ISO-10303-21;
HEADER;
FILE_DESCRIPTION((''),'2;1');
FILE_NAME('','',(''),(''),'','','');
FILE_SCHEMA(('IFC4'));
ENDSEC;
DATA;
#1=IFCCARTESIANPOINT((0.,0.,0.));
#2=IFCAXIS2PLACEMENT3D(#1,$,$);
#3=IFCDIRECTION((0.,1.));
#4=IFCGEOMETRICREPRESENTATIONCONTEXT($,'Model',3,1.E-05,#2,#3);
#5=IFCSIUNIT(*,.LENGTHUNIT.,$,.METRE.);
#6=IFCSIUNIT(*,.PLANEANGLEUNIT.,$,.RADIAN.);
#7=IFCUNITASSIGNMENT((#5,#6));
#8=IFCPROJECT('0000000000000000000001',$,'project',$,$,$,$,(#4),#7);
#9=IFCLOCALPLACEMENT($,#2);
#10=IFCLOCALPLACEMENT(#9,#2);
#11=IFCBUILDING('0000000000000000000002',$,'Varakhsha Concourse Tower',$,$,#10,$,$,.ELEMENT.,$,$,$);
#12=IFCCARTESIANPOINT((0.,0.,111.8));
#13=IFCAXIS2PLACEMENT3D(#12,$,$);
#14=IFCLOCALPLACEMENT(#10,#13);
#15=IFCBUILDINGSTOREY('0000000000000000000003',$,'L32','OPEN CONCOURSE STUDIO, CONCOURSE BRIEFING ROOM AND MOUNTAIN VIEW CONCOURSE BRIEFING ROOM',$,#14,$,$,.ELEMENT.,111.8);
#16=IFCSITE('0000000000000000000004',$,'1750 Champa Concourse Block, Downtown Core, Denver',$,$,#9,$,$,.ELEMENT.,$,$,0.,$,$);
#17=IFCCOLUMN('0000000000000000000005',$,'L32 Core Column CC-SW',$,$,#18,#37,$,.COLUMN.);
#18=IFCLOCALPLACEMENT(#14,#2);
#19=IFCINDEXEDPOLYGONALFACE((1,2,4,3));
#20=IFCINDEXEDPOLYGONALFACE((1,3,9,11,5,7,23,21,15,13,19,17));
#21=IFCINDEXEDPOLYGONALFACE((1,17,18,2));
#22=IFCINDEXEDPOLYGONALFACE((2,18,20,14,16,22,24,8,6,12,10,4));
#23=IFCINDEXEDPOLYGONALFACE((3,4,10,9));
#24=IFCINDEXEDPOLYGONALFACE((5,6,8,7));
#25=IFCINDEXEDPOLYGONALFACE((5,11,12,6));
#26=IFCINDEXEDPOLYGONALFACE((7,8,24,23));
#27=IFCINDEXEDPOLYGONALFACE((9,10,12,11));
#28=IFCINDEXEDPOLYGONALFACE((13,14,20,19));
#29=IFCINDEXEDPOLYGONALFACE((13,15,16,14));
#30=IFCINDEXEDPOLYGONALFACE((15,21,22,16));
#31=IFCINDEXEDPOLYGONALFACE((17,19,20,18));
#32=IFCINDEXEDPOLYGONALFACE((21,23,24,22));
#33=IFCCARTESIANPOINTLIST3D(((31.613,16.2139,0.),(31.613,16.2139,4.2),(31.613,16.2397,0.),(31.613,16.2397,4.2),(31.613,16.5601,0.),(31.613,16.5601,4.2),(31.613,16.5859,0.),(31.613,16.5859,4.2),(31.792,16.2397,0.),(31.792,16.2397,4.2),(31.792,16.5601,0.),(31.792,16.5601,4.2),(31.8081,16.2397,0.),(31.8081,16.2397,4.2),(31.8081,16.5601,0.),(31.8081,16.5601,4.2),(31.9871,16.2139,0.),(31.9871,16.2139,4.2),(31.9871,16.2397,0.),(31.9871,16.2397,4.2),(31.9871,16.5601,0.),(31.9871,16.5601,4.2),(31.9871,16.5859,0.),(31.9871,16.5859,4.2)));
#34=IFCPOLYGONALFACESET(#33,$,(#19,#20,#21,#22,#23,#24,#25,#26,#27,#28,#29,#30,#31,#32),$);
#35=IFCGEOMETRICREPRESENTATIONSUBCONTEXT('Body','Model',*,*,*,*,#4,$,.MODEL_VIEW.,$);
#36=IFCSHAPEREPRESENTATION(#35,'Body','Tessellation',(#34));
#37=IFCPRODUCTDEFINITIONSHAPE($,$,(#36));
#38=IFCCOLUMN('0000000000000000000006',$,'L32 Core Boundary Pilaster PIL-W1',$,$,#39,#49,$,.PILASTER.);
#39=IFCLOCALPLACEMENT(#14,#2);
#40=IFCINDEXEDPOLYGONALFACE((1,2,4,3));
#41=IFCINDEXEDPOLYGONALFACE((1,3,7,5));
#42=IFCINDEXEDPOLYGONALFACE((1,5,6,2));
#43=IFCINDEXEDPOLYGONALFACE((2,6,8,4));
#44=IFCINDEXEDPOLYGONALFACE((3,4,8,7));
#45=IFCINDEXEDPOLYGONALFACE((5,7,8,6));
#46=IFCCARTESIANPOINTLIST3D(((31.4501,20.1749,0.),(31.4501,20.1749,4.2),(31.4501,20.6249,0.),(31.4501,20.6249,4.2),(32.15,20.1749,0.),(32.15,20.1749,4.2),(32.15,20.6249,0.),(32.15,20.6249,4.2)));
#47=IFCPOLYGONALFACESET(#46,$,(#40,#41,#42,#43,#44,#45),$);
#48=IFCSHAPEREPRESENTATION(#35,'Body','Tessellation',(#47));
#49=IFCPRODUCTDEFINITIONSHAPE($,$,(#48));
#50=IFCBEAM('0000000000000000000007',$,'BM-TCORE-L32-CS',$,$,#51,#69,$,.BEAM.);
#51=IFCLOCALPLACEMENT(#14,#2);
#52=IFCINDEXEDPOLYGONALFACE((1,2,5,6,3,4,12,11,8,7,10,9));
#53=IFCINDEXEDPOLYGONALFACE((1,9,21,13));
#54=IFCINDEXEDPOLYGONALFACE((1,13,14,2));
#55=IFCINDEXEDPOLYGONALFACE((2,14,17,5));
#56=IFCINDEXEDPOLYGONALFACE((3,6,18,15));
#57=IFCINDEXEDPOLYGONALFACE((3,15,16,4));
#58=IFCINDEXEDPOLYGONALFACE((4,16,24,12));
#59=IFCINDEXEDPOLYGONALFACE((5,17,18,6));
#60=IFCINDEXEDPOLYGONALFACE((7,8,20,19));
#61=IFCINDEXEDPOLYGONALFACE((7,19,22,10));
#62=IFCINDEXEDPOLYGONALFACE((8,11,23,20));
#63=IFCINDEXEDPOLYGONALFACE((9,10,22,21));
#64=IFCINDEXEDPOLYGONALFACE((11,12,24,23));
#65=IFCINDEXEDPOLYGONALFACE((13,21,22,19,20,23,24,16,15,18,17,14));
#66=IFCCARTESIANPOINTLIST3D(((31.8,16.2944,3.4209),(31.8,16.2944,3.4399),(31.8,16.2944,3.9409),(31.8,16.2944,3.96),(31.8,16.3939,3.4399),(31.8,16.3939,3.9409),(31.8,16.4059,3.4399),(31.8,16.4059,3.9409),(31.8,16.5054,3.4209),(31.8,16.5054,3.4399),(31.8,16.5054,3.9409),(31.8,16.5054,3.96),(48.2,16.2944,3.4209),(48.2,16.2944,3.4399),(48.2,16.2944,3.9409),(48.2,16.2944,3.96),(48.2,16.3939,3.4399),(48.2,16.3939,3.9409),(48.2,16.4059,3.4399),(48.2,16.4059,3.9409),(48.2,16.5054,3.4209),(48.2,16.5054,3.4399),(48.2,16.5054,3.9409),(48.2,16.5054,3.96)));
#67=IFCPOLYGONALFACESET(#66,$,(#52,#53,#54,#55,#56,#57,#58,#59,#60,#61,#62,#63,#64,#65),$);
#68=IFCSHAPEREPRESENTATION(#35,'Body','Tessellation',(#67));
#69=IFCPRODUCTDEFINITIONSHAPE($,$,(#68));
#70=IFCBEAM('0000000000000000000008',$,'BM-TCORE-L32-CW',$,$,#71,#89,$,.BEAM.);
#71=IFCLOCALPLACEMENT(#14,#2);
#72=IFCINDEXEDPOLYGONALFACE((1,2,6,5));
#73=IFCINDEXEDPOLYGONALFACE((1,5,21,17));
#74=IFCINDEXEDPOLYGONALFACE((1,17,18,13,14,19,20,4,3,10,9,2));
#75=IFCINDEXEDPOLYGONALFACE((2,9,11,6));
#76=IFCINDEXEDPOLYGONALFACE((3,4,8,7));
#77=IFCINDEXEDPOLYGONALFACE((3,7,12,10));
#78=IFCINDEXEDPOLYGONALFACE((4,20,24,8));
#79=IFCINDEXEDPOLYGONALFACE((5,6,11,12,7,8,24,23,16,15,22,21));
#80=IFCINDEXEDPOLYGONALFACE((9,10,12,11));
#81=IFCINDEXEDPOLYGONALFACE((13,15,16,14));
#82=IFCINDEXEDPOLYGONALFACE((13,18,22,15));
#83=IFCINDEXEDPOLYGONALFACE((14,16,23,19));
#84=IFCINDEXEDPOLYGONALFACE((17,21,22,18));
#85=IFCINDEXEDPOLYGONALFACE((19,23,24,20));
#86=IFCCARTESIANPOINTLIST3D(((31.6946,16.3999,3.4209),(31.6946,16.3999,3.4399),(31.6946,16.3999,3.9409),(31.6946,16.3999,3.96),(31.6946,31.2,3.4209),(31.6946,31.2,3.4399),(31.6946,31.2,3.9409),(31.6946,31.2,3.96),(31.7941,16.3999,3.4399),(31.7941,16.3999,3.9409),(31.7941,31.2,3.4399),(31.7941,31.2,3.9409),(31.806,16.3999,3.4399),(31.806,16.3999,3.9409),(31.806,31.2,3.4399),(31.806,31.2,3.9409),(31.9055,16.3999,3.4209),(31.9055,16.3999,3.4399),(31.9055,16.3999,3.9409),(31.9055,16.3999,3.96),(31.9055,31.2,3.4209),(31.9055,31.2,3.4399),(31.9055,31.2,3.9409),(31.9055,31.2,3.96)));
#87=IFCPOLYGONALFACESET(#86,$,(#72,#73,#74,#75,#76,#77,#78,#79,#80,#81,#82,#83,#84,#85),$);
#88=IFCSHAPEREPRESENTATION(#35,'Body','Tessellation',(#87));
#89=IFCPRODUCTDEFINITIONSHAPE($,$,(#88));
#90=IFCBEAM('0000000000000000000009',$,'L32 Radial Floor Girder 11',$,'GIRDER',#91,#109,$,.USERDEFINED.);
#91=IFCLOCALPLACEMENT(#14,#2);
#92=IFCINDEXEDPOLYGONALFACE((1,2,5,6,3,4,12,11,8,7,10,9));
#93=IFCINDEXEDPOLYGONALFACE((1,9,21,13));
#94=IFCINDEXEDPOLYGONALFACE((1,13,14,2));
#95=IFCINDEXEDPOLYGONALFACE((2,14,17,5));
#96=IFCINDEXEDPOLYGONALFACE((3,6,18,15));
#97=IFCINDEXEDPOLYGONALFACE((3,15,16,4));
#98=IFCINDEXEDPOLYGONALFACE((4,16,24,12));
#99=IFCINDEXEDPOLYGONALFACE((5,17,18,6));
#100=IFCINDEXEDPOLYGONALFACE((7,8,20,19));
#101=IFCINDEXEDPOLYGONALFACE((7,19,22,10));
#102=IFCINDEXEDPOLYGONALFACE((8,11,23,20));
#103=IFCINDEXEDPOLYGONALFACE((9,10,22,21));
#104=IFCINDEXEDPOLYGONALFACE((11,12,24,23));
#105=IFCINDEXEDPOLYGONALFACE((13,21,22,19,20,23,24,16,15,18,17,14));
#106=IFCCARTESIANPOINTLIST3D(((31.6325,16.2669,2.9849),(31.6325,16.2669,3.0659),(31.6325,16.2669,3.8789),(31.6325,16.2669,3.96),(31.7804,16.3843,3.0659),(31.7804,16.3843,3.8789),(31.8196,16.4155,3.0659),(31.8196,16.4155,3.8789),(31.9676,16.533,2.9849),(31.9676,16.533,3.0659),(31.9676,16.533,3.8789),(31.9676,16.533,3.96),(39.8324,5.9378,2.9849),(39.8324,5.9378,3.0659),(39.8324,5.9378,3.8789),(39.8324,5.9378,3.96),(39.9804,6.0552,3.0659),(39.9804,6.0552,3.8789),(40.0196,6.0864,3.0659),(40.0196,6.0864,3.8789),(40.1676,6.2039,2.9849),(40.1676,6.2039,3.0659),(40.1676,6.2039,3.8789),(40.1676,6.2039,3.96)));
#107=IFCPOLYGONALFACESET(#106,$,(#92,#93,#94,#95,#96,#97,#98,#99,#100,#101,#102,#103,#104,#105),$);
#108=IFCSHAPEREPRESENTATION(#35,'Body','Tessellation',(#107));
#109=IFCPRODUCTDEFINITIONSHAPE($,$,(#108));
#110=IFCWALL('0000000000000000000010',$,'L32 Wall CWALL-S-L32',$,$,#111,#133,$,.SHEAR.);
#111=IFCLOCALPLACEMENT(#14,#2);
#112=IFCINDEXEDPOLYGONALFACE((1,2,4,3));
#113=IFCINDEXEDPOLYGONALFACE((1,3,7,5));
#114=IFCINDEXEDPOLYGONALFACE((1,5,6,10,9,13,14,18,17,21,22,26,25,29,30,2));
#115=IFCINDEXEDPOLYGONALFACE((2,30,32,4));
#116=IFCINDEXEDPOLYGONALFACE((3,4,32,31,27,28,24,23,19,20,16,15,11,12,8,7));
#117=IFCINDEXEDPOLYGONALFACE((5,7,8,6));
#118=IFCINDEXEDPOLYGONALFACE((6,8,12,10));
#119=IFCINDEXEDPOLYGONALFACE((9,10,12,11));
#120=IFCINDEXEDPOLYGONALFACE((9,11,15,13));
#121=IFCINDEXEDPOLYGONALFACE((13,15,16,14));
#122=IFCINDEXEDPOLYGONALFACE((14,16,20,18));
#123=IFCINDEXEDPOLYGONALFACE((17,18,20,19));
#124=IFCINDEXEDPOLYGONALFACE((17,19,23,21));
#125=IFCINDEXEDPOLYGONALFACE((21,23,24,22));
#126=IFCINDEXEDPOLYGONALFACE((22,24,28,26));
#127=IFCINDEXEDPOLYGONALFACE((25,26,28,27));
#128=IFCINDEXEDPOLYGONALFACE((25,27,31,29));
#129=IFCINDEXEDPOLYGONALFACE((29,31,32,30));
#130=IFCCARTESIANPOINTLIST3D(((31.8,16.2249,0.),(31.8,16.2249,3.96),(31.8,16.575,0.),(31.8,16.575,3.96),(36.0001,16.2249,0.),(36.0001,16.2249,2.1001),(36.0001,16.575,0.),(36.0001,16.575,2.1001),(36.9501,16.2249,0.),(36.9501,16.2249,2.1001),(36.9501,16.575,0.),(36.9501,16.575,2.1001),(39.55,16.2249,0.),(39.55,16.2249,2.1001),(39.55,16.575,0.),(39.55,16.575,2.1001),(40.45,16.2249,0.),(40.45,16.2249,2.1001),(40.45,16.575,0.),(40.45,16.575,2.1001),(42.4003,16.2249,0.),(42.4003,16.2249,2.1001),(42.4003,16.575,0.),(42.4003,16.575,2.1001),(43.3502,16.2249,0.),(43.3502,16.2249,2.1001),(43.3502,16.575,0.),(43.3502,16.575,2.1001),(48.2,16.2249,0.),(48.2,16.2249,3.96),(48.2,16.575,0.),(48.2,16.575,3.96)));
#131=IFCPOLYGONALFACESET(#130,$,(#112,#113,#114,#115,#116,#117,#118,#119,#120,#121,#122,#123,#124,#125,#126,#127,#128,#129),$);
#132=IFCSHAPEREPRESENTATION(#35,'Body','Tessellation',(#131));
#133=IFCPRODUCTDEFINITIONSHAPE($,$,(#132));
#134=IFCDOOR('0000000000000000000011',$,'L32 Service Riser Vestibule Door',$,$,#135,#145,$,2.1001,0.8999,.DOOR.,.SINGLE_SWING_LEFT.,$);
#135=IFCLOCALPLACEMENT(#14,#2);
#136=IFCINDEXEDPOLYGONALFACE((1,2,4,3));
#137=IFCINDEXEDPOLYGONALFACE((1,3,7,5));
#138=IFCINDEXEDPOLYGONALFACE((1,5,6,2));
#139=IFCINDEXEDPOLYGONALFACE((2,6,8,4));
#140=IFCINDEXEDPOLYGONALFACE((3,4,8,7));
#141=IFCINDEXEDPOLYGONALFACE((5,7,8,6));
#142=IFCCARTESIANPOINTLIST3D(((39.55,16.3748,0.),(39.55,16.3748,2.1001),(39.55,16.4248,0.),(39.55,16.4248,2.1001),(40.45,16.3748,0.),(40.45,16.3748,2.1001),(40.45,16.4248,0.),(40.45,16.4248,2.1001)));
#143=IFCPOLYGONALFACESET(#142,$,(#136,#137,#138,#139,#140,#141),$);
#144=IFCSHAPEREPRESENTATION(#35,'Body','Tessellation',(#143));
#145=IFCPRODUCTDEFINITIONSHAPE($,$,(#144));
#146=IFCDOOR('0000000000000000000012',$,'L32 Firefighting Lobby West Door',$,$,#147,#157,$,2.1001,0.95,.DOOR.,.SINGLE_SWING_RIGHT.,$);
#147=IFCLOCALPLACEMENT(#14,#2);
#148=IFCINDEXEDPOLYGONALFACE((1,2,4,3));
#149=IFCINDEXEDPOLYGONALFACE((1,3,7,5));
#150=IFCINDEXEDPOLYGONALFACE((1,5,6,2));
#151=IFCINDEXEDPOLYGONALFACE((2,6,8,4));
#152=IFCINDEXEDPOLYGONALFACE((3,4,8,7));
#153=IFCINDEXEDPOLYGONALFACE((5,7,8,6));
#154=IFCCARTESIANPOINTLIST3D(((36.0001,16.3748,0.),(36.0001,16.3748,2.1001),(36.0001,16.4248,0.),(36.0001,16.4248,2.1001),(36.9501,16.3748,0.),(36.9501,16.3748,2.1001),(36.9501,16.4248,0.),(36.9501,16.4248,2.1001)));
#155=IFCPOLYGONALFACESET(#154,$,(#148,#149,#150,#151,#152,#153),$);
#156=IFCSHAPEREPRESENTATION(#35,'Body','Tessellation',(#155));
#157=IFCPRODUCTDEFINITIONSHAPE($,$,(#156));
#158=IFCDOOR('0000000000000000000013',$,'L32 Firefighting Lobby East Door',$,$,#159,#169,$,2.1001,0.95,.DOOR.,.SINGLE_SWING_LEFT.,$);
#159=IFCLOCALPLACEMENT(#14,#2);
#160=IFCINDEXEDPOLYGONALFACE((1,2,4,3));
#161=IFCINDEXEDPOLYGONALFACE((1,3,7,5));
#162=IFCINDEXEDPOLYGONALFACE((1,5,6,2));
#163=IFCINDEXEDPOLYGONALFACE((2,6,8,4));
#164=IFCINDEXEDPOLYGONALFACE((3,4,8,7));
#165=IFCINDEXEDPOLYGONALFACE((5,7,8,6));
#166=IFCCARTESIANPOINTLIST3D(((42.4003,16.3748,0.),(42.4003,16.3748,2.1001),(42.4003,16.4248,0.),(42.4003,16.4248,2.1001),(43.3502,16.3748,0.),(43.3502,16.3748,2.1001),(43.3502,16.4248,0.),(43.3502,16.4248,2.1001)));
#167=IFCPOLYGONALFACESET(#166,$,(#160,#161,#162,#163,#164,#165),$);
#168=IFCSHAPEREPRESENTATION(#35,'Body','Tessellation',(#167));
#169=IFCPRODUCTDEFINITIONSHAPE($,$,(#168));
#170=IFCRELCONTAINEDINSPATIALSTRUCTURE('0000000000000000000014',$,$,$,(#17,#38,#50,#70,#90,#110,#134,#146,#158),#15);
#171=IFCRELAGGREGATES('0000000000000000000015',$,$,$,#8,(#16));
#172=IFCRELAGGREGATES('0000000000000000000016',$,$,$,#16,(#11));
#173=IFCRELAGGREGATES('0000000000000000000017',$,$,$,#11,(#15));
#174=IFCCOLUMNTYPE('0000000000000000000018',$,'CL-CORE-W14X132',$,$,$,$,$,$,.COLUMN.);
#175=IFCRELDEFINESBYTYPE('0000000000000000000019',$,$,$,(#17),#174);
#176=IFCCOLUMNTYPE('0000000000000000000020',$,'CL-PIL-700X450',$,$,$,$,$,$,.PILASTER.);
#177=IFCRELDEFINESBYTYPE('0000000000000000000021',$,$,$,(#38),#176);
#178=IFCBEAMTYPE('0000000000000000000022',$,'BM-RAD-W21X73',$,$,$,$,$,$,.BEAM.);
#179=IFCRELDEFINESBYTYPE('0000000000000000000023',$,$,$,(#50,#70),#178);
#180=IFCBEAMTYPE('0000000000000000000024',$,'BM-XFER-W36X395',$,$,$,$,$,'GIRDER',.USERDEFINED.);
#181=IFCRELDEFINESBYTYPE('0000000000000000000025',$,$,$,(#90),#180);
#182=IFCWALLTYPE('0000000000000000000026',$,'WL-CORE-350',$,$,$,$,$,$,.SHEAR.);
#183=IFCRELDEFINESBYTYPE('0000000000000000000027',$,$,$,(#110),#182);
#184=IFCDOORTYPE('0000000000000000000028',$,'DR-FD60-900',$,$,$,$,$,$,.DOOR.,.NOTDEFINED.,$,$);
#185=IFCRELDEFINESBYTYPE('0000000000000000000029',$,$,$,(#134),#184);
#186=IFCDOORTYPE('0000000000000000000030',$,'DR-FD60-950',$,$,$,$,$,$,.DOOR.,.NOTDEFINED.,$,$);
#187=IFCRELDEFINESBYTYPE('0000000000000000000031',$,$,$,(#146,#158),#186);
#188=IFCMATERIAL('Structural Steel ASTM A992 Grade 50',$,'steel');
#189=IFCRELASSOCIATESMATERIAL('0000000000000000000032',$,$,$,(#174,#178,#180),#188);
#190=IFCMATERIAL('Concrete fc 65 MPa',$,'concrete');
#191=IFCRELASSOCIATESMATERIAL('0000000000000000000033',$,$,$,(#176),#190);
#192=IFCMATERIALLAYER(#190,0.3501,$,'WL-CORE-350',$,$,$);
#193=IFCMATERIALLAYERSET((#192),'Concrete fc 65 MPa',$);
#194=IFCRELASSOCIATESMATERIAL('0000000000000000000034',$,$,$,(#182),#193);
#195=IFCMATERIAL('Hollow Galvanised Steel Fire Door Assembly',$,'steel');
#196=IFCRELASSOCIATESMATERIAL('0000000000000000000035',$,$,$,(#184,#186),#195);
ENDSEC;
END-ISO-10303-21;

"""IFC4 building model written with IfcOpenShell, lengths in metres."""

from ifc_helpers import new_model, si_unit, direction, frame, frame_2d, origin, origin_2d, place, context, subcontext, project, spatial, rectangle, i_section, extrude, material, layer, layer_set, material_profile, profile_set, type_object, element, fill, save


model = new_model("IFC4")

# Units and contexts
model_context = context("Model", 3, precision=1e-05, world=origin(), true_north=direction((0.0, 1.0)))
body_context = subcontext(model_context, "Body", "Model", "MODEL_VIEW")
ifc_project = project(units=[si_unit("LENGTHUNIT", "METRE"), si_unit("PLANEANGLEUNIT", "RADIAN")], contexts=[model_context])

# Site, building, storey
site_placement = place(None, origin())
site = spatial("IfcSite", under=ifc_project, at=site_placement, Name="1750 Champa Concourse Block, Downtown Core, Denver", CompositionType="ELEMENT", RefElevation=0.0)
building_placement = place(site_placement, origin())
building = spatial("IfcBuilding", under=site, at=building_placement, Name="Varakhsha Concourse Tower", CompositionType="ELEMENT")
storey_placement = place(building_placement, frame((0.0, 0.0, 111.8)))
storey = spatial("IfcBuildingStorey", under=building, at=storey_placement, Name="L32", Description="OPEN CONCOURSE STUDIO, CONCOURSE BRIEFING ROOM AND MOUNTAIN VIEW CONCOURSE BRIEFING ROOM", CompositionType="ELEMENT", Elevation=111.8)

# Columns
ifc_material_1 = material(Name="Structural Steel ASTM A992 Grade 50", Category="steel")
ifc_material_profile_1 = material_profile(ifc_material_1, i_section(OverallWidth=0.374, OverallDepth=0.3721, WebThickness=0.0161, FlangeThickness=0.0259, at=origin_2d()), Name="W14X132")
ifc_profile_set_1 = profile_set([ifc_material_profile_1], Name="Structural Steel ASTM A992 Grade 50")
column_type_1 = type_object("IfcColumnType", Name="CL-CORE-W14X132", PredefinedType="COLUMN", material=ifc_profile_set_1)
column_1_placement = place(storey_placement, frame((31.8, 16.3999, 0.0), z_axis=(0.0, 0.0, 1.0), x_axis=(1.0, 0.0, 0.0)))
element("IfcColumn", 1, at=column_1_placement, inside=storey, type_object=column_type_1, Name="L32 Core Column CC-SW", PredefinedType="COLUMN", context=body_context, shape_type="SweptSolid", body=[
    extrude(i_section(OverallWidth=0.374, OverallDepth=0.3721, WebThickness=0.0161, FlangeThickness=0.0259, at=origin_2d()), origin(), (0.0, 0.0, 1.0), 4.2),
])
ifc_material_2 = material(Name="Concrete fc 65 MPa", Category="concrete")
ifc_material_profile_2 = material_profile(ifc_material_2, rectangle(XDim=0.7, YDim=0.45, at=origin_2d()), Name="RC 700x450")
ifc_profile_set_2 = profile_set([ifc_material_profile_2], Name="Concrete fc 65 MPa")
column_type_2 = type_object("IfcColumnType", Name="CL-PIL-700X450", PredefinedType="PILASTER", material=ifc_profile_set_2)
column_2_placement = place(storey_placement, frame((31.8, 20.3999, 0.0), z_axis=(0.0, 0.0, 1.0), x_axis=(1.0, 0.0, 0.0)))
element("IfcColumn", 2, at=column_2_placement, inside=storey, type_object=column_type_2, Name="L32 Core Boundary Pilaster PIL-W1", PredefinedType="PILASTER", context=body_context, shape_type="SweptSolid", body=[
    extrude(rectangle(XDim=0.7, YDim=0.45, at=origin_2d()), origin(), (0.0, 0.0, 1.0), 4.2),
])

# Beams
ifc_material_profile_3 = material_profile(ifc_material_1, i_section(OverallWidth=0.2109, OverallDepth=0.5391, WebThickness=0.012, FlangeThickness=0.019, at=origin_2d()), Name="W21X73")
ifc_profile_set_3 = profile_set([ifc_material_profile_3], Name="Structural Steel ASTM A992 Grade 50")
beam_type_1 = type_object("IfcBeamType", Name="BM-RAD-W21X73", PredefinedType="BEAM", material=ifc_profile_set_3)
beam_1_placement = place(storey_placement, frame((31.8, 16.3999, 3.6904), z_axis=(1.0, 0.0, 0.0), x_axis=(0.0, 1.0, 0.0)))
element("IfcBeam", 3, at=beam_1_placement, inside=storey, type_object=beam_type_1, Name="BM-TCORE-L32-CS", PredefinedType="BEAM", context=body_context, shape_type="SweptSolid", body=[
    extrude(i_section(OverallWidth=0.2109, OverallDepth=0.5391, WebThickness=0.012, FlangeThickness=0.019, at=origin_2d()), origin(), (0.0, 0.0, 1.0), 16.3999),
])
beam_2_placement = place(storey_placement, frame((31.8, 16.3999, 3.6904), z_axis=(0.0, 1.0, 0.0), x_axis=(-1.0, 0.0, 0.0)))
element("IfcBeam", 4, at=beam_2_placement, inside=storey, type_object=beam_type_1, Name="BM-TCORE-L32-CW", PredefinedType="BEAM", context=body_context, shape_type="SweptSolid", body=[
    extrude(i_section(OverallWidth=0.2109, OverallDepth=0.5391, WebThickness=0.012, FlangeThickness=0.019, at=origin_2d()), origin(), (0.0, 0.0, 1.0), 14.8),
])
ifc_material_profile_4 = material_profile(ifc_material_1, i_section(OverallWidth=0.428, OverallDepth=0.9751, WebThickness=0.05, FlangeThickness=0.0811, at=origin_2d()), Name="W36X395")
ifc_profile_set_4 = profile_set([ifc_material_profile_4], Name="Structural Steel ASTM A992 Grade 50")
beam_type_2 = type_object("IfcBeamType", Name="BM-XFER-W36X395", ElementType="GIRDER", PredefinedType="USERDEFINED", material=ifc_profile_set_4)
beam_3_placement = place(storey_placement, frame((31.8, 16.3999, 3.4724), z_axis=(0.621763, -0.783206, 0.0), x_axis=(0.783206, 0.621763, 0.0)))
element("IfcBeam", 5, at=beam_3_placement, inside=storey, type_object=beam_type_2, Name="L32 Radial Floor Girder 11", ObjectType="GIRDER", PredefinedType="USERDEFINED", context=body_context, shape_type="SweptSolid", body=[
    extrude(i_section(OverallWidth=0.428, OverallDepth=0.9751, WebThickness=0.05, FlangeThickness=0.0811, at=origin_2d()), origin(), (0.0, 0.0, 1.0), 13.1882),
])

# Wall, openings, doors
ifc_layer_1 = layer(ifc_material_2, 0.3501, Name="WL-CORE-350")
ifc_layer_set_1 = layer_set([ifc_layer_1], Name="Concrete fc 65 MPa")
wall_type_1 = type_object("IfcWallType", Name="WL-CORE-350", PredefinedType="SHEAR", material=ifc_layer_set_1)
wall_1_placement = place(storey_placement, frame((31.8, 16.3999, 0.0), z_axis=(0.0, 0.0, 1.0), x_axis=(1.0, 0.0, 0.0)))
wall_1 = element("IfcWall", 6, at=wall_1_placement, inside=storey, type_object=wall_type_1, Name="L32 Wall CWALL-S-L32", PredefinedType="SHEAR", context=body_context, shape_type="SweptSolid", body=[
    extrude(rectangle(XDim=16.3999, YDim=0.3501, at=frame_2d((8.2, 0.0))), origin(), (0.0, 0.0, 1.0), 3.96),
])
opening_1_placement = place(wall_1_placement, frame((7.75, 0.0, 0.0)))
opening_1 = element("IfcOpeningElement", 7, at=opening_1_placement, cuts=wall_1, PredefinedType="OPENING", context=body_context, shape_type="SweptSolid", body=[
    extrude(rectangle(XDim=0.8999, YDim=2.1001, at=frame_2d((0.45, 1.05))), frame((0.0, 0.1851, 0.0), z_axis=(0.0, -1.0, 0.0), x_axis=(1.0, 0.0, 0.0)), (0.0, 0.0, 1.0), 0.3701),
])
opening_2_placement = place(wall_1_placement, frame((4.2, 0.0, 0.0)))
opening_2 = element("IfcOpeningElement", 8, at=opening_2_placement, cuts=wall_1, PredefinedType="OPENING", context=body_context, shape_type="SweptSolid", body=[
    extrude(rectangle(XDim=0.95, YDim=2.1001, at=frame_2d((0.4751, 1.05))), frame((0.0, 0.1851, 0.0), z_axis=(0.0, -1.0, 0.0), x_axis=(1.0, 0.0, 0.0)), (0.0, 0.0, 1.0), 0.3701),
])
opening_3_placement = place(wall_1_placement, frame((10.6001, 0.0, 0.0)))
opening_3 = element("IfcOpeningElement", 9, at=opening_3_placement, cuts=wall_1, PredefinedType="OPENING", context=body_context, shape_type="SweptSolid", body=[
    extrude(rectangle(XDim=0.95, YDim=2.1001, at=frame_2d((0.4751, 1.05))), frame((0.0, 0.1851, 0.0), z_axis=(0.0, -1.0, 0.0), x_axis=(1.0, 0.0, 0.0)), (0.0, 0.0, 1.0), 0.3701),
])
ifc_material_3 = material(Name="Hollow Galvanised Steel Fire Door Assembly", Category="steel")
door_type_1 = type_object("IfcDoorType", Name="DR-FD60-900", OperationType="NOTDEFINED", PredefinedType="DOOR", material=ifc_material_3)
door_1_placement = place(opening_1_placement, origin())
door_1 = element("IfcDoor", 10, at=door_1_placement, inside=storey, type_object=door_type_1, Name="L32 Service Riser Vestibule Door", OperationType="SINGLE_SWING_LEFT", OverallHeight=2.1001, OverallWidth=0.8999, PredefinedType="DOOR", context=body_context, shape_type="SweptSolid", body=[
    extrude(rectangle(XDim=0.8999, YDim=2.1001, at=frame_2d((0.45, 1.05))), frame((0.0, 0.0249, 0.0), z_axis=(0.0, -1.0, 0.0), x_axis=(1.0, 0.0, 0.0)), (0.0, 0.0, 1.0), 0.05),
])
fill(opening_1, door_1)
door_type_2 = type_object("IfcDoorType", Name="DR-FD60-950", OperationType="NOTDEFINED", PredefinedType="DOOR", material=ifc_material_3)
door_2_placement = place(opening_2_placement, origin())
door_2 = element("IfcDoor", 11, at=door_2_placement, inside=storey, type_object=door_type_2, Name="L32 Firefighting Lobby West Door", OperationType="SINGLE_SWING_RIGHT", OverallHeight=2.1001, OverallWidth=0.95, PredefinedType="DOOR", context=body_context, shape_type="SweptSolid", body=[
    extrude(rectangle(XDim=0.95, YDim=2.1001, at=frame_2d((0.4751, 1.05))), frame((0.0, 0.0249, 0.0), z_axis=(0.0, -1.0, 0.0), x_axis=(1.0, 0.0, 0.0)), (0.0, 0.0, 1.0), 0.05),
])
fill(opening_2, door_2)
door_3_placement = place(opening_3_placement, origin())
door_3 = element("IfcDoor", 12, at=door_3_placement, inside=storey, type_object=door_type_2, Name="L32 Firefighting Lobby East Door", OperationType="SINGLE_SWING_LEFT", OverallHeight=2.1001, OverallWidth=0.95, PredefinedType="DOOR", context=body_context, shape_type="SweptSolid", body=[
    extrude(rectangle(XDim=0.95, YDim=2.1001, at=frame_2d((0.4751, 1.05))), frame((0.0, 0.0249, 0.0), z_axis=(0.0, -1.0, 0.0), x_axis=(1.0, 0.0, 0.0)), (0.0, 0.0, 1.0), 0.05),
])
fill(opening_3, door_3)

save(model, "model.ifc")
